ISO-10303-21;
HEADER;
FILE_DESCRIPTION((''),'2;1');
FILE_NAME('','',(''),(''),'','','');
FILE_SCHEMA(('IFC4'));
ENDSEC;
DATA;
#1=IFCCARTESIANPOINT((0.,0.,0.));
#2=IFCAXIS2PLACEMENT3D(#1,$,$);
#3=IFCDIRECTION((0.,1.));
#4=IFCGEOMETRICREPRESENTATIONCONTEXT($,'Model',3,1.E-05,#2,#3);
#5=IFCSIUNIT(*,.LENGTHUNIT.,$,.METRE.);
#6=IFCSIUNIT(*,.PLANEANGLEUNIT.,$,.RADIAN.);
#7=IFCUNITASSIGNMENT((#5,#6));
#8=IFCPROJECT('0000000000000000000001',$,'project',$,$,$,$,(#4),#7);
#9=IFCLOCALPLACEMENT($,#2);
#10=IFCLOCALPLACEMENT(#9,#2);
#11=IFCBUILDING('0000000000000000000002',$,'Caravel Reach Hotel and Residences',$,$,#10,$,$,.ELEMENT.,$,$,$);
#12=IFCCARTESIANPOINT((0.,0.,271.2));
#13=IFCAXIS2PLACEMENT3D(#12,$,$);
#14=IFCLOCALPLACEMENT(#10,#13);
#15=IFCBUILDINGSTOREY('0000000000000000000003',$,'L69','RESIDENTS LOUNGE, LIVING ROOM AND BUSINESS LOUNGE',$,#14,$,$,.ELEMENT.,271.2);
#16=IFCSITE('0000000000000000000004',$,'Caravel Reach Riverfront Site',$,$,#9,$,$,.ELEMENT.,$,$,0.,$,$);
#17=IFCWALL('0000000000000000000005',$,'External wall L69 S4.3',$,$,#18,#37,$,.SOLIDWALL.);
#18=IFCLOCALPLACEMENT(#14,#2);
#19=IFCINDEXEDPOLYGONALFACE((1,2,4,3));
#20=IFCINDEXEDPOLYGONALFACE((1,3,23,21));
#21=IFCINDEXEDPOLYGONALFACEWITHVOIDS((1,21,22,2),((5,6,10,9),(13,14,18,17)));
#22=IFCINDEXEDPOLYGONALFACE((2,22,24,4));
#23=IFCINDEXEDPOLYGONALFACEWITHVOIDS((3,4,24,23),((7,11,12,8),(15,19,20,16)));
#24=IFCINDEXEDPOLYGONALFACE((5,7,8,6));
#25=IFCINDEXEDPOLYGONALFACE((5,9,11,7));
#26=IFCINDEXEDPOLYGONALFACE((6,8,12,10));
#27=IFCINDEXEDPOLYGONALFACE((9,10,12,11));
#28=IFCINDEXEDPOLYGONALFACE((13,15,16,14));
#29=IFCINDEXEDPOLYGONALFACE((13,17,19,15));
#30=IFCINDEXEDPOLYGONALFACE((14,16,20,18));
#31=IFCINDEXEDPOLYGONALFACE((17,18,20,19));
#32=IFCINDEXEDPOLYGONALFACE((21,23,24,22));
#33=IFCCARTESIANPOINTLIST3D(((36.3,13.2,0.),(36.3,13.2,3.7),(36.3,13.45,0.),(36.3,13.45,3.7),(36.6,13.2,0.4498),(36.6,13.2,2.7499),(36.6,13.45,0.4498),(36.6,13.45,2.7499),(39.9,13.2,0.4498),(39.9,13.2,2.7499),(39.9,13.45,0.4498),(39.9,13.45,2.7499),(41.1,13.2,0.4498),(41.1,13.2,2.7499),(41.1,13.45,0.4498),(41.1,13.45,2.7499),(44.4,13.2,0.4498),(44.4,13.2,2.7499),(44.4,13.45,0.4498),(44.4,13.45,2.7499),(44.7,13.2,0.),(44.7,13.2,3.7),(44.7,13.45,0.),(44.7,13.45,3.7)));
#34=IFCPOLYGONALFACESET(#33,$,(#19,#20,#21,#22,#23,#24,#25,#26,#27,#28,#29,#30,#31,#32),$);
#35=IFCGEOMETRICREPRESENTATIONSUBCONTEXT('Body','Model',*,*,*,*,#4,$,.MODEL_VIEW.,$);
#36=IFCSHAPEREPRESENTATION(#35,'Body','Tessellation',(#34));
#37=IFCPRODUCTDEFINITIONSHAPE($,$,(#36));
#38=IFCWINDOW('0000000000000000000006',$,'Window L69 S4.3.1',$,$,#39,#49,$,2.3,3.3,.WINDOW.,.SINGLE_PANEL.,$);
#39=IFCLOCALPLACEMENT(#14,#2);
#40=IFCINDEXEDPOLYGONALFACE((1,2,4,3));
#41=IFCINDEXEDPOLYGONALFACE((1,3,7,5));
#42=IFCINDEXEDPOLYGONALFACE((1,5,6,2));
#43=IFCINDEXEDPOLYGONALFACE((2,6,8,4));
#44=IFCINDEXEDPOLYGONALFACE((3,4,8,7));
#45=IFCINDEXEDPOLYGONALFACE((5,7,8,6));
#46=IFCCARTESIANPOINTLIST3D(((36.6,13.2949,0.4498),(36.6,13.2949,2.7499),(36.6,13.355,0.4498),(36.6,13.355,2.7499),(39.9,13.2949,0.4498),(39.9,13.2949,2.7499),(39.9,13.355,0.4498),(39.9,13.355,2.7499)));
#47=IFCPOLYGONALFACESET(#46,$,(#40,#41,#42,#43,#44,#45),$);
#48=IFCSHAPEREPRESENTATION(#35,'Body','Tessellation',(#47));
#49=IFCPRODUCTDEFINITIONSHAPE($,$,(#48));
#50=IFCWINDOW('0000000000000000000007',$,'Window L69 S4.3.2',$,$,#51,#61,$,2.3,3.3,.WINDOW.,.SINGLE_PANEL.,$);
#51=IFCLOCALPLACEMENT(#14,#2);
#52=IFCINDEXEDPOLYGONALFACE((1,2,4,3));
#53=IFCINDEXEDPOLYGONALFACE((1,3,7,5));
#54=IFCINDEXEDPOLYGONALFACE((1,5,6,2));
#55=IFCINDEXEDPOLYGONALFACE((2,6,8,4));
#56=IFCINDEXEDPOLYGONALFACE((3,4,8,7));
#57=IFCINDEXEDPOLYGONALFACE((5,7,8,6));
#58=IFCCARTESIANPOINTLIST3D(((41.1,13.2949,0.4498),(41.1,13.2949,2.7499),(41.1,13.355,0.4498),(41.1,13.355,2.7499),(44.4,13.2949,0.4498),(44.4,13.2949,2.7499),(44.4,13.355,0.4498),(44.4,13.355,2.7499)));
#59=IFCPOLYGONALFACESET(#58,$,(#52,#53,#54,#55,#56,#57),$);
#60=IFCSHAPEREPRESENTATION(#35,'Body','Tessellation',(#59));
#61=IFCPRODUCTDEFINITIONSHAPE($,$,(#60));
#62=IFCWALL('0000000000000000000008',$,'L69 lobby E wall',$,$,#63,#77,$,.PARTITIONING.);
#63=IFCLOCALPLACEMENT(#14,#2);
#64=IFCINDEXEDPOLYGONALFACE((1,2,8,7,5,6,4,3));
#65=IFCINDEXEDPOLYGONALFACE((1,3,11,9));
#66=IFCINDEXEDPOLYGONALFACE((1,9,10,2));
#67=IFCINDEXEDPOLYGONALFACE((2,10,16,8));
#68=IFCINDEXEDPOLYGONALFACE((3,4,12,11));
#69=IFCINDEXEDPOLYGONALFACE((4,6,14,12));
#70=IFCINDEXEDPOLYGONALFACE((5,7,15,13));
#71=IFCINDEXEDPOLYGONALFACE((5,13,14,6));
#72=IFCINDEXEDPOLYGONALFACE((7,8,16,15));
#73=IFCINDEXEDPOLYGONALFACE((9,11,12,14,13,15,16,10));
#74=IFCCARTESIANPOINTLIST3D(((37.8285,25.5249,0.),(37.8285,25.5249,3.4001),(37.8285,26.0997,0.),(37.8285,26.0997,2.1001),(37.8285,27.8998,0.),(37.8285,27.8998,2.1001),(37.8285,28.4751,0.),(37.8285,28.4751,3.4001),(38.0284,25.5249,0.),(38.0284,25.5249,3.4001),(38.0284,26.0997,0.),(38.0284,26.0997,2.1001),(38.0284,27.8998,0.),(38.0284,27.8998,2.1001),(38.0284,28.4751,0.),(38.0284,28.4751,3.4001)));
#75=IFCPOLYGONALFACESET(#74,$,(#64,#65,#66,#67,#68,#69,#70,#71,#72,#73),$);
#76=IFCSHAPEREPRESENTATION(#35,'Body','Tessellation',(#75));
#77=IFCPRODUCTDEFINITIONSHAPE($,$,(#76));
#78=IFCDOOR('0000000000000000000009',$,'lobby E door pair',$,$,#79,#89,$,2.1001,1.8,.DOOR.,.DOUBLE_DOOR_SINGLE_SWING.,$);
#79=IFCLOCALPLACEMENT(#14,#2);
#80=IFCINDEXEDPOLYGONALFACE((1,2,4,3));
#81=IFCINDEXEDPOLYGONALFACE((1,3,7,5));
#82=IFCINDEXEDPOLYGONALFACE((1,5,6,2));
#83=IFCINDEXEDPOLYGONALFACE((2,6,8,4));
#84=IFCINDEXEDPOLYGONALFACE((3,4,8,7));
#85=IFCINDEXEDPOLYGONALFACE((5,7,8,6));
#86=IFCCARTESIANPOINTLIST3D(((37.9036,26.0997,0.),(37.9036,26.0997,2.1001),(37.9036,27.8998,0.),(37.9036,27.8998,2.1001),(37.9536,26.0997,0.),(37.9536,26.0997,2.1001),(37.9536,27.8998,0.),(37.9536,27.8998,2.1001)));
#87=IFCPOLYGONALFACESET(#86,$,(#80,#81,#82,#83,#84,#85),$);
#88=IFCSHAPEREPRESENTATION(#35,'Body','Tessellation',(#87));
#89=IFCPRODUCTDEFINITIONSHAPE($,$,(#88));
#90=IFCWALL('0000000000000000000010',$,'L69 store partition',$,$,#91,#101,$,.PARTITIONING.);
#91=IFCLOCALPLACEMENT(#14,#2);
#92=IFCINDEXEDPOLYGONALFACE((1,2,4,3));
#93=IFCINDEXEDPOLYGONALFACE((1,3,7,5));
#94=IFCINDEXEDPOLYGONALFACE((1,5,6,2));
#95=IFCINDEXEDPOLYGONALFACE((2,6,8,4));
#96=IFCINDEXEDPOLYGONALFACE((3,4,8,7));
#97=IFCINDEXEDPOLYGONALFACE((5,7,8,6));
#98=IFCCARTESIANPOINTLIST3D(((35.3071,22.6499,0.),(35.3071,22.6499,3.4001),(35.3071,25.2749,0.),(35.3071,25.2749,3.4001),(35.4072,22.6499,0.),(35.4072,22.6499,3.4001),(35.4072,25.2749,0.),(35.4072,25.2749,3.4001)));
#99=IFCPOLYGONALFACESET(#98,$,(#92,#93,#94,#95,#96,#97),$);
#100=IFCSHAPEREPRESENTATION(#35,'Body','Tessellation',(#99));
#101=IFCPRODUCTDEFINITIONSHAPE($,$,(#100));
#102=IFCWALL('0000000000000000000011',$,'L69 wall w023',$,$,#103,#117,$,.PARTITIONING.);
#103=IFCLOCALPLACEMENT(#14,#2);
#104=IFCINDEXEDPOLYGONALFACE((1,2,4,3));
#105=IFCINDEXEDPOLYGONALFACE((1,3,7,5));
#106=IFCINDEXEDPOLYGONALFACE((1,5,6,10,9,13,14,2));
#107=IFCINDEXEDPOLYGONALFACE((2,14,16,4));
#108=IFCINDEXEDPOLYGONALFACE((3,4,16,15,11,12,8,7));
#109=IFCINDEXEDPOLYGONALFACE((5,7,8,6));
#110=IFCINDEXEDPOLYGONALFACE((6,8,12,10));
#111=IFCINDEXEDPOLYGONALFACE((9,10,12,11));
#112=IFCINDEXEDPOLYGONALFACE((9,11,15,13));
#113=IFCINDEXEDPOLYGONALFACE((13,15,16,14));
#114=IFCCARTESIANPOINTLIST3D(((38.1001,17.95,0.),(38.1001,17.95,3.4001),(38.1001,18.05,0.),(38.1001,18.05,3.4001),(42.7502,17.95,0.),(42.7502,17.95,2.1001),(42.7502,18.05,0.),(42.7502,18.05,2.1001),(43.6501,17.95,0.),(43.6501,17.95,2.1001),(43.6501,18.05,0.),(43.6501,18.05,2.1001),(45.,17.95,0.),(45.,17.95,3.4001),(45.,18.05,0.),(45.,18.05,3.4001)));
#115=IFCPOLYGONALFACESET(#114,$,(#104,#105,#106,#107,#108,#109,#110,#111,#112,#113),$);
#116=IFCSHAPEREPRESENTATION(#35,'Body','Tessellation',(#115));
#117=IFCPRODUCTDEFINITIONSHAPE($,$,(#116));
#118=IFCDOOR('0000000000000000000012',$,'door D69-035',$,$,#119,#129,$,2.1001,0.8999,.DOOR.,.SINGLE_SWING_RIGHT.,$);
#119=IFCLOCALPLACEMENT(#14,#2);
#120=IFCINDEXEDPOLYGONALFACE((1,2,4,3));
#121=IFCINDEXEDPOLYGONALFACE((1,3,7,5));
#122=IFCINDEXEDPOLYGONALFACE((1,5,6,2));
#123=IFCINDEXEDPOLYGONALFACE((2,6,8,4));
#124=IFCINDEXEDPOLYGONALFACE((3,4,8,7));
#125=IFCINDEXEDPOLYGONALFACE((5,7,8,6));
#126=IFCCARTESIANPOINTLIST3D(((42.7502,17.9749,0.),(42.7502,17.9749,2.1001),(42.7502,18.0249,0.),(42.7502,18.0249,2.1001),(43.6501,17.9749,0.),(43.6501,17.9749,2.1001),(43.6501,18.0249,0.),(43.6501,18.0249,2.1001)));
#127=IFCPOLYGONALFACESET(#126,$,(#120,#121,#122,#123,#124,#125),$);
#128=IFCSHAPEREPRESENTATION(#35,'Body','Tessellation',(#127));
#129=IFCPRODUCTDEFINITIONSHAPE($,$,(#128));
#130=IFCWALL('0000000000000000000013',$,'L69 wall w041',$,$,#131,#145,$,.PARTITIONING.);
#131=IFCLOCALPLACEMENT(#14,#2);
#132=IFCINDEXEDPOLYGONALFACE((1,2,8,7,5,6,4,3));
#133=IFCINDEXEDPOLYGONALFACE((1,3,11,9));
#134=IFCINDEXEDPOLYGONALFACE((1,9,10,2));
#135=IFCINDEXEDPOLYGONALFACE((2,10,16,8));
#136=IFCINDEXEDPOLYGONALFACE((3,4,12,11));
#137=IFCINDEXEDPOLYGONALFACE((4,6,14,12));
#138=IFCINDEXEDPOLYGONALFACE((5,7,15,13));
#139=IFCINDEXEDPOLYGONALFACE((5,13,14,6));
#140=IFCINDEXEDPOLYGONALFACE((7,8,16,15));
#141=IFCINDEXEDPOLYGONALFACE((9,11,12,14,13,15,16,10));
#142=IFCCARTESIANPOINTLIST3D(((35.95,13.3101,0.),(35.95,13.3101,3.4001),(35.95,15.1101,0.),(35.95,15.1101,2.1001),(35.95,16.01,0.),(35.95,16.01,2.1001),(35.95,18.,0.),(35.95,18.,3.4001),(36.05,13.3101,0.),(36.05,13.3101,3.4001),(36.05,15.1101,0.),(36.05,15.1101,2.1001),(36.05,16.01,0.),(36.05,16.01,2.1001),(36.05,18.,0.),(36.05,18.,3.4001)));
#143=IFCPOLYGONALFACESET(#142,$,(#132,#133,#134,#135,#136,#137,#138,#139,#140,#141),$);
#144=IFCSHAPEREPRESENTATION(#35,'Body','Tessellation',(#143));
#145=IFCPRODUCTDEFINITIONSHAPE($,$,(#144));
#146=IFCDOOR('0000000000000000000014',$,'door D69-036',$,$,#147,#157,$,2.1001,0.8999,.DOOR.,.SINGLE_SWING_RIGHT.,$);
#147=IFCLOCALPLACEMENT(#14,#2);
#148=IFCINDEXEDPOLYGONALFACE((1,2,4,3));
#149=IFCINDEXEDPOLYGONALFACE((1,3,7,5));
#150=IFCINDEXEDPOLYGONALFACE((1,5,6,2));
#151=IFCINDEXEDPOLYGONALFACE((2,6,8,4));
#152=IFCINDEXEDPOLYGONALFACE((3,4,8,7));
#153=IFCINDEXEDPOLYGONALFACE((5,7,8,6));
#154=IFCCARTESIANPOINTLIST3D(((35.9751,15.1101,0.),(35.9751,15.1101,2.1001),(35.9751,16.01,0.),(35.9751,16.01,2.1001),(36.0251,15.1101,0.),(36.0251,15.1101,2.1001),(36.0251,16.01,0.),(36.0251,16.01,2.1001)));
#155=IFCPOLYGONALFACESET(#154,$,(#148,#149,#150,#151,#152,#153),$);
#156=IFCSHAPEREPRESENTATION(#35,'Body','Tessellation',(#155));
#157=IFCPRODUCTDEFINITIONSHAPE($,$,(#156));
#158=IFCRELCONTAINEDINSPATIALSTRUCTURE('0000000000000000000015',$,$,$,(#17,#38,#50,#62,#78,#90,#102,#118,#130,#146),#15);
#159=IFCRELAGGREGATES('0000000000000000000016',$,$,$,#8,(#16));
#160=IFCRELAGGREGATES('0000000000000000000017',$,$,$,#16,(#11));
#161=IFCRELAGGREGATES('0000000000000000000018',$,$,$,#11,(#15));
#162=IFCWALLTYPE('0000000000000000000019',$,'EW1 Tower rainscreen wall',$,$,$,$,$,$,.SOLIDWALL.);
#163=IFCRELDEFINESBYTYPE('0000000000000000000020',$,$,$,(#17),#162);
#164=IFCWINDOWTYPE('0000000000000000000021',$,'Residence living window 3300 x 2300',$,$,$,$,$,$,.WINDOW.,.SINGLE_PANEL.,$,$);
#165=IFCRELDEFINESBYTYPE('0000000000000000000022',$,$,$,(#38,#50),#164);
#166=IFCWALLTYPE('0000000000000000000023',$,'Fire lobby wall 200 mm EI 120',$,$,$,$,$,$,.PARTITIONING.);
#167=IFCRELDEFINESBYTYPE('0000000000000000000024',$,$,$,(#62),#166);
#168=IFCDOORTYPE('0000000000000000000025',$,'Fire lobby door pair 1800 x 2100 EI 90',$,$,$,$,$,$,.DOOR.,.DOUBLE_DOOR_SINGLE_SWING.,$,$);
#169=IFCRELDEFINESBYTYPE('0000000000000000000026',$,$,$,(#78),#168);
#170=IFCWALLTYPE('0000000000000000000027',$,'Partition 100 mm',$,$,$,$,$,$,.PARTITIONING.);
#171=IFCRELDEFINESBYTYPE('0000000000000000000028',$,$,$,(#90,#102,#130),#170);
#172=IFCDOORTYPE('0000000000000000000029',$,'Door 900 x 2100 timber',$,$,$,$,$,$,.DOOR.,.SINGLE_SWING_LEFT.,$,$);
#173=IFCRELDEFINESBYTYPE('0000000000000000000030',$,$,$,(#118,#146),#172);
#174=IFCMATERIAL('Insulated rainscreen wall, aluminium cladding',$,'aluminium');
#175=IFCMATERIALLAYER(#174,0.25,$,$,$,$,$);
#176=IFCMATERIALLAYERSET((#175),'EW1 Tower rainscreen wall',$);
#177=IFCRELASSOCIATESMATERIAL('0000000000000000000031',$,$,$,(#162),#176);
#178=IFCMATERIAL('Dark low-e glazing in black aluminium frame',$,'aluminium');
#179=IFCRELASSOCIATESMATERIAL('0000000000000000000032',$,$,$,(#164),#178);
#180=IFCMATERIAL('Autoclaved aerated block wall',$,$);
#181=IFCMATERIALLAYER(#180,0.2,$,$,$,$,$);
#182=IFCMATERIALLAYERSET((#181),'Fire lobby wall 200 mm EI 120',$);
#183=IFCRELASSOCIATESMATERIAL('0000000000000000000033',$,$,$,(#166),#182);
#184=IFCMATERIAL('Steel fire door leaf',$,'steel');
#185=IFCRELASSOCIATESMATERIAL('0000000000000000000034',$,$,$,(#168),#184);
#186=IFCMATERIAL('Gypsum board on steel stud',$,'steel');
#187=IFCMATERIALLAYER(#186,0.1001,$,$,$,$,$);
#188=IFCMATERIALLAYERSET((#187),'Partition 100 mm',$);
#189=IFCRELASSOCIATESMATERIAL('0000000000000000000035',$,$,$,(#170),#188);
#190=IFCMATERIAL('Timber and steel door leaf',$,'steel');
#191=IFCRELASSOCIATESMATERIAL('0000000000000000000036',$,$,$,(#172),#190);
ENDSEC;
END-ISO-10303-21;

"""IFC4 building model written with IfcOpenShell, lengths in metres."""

from ifc_helpers import new_model, si_unit, direction, frame, frame_2d, origin, place, context, subcontext, project, spatial, rectangle, extrude, material, layer, layer_set, type_object, element, fill, save


model = new_model("IFC4")

# Units and contexts
model_context = context("Model", 3, precision=1e-05, world=origin(), true_north=direction((0.0, 1.0)))
body_context = subcontext(model_context, "Body", "Model", "MODEL_VIEW")
ifc_project = project(units=[si_unit("LENGTHUNIT", "METRE"), si_unit("PLANEANGLEUNIT", "RADIAN")], contexts=[model_context])

# Site, building, storey
site_placement = place(None, origin())
site = spatial("IfcSite", under=ifc_project, at=site_placement, Name="Caravel Reach Riverfront Site", CompositionType="ELEMENT", RefElevation=0.0)
building_placement = place(site_placement, origin())
building = spatial("IfcBuilding", under=site, at=building_placement, Name="Caravel Reach Hotel and Residences", CompositionType="ELEMENT")
storey_placement = place(building_placement, frame((0.0, 0.0, 271.2)))
storey = spatial("IfcBuildingStorey", under=building, at=storey_placement, Name="L69", Description="RESIDENTS LOUNGE, LIVING ROOM AND BUSINESS LOUNGE", CompositionType="ELEMENT", Elevation=271.2)

# Wall, openings, windows
ifc_material_1 = material(Name="Insulated rainscreen wall, aluminium cladding", Category="aluminium")
ifc_layer_1 = layer(ifc_material_1, 0.25)
ifc_layer_set_1 = layer_set([ifc_layer_1], Name="EW1 Tower rainscreen wall")
wall_type_1 = type_object("IfcWallType", Name="EW1 Tower rainscreen wall", PredefinedType="SOLIDWALL", material=ifc_layer_set_1)
wall_1_placement = place(storey_placement, frame((36.3, 13.325, 0.0), z_axis=(0.0, 0.0, 1.0), x_axis=(1.0, 0.0, 0.0)))
wall_1 = element("IfcWall", 1, at=wall_1_placement, inside=storey, type_object=wall_type_1, Name="External wall L69 S4.3", PredefinedType="SOLIDWALL", context=body_context, shape_type="SweptSolid", body=[
    extrude(rectangle(XDim=8.3999, YDim=0.25, at=frame_2d((4.2, 0.0))), origin(), (0.0, 0.0, 1.0), 3.7),
])
opening_1_placement = place(wall_1_placement, frame((0.3, 0.0, 0.45)))
opening_1 = element("IfcOpeningElement", 2, at=opening_1_placement, cuts=wall_1, PredefinedType="OPENING", context=body_context, shape_type="SweptSolid", body=[
    extrude(rectangle(XDim=3.3, YDim=2.3, at=frame_2d((1.6499, 1.1499))), frame((0.0, 0.135, 0.0), z_axis=(0.0, -1.0, 0.0), x_axis=(1.0, 0.0, 0.0)), (0.0, 0.0, 1.0), 0.27),
])
opening_2_placement = place(wall_1_placement, frame((4.8, 0.0, 0.45)))
opening_2 = element("IfcOpeningElement", 3, at=opening_2_placement, cuts=wall_1, PredefinedType="OPENING", context=body_context, shape_type="SweptSolid", body=[
    extrude(rectangle(XDim=3.3, YDim=2.3, at=frame_2d((1.6499, 1.1499))), frame((0.0, 0.135, 0.0), z_axis=(0.0, -1.0, 0.0), x_axis=(1.0, 0.0, 0.0)), (0.0, 0.0, 1.0), 0.27),
])
ifc_material_2 = material(Name="Dark low-e glazing in black aluminium frame", Category="aluminium")
window_type = type_object("IfcWindowType", Name="Residence living window 3300 x 2300", PartitioningType="SINGLE_PANEL", PredefinedType="WINDOW", material=ifc_material_2)
window_1_placement = place(opening_1_placement, origin())
window_1 = element("IfcWindow", 4, at=window_1_placement, inside=storey, type_object=window_type, Name="Window L69 S4.3.1", OverallHeight=2.3, OverallWidth=3.3, PartitioningType="SINGLE_PANEL", PredefinedType="WINDOW", context=body_context, shape_type="SweptSolid", body=[
    extrude(rectangle(XDim=3.3, YDim=2.3, at=frame_2d((1.6499, 1.1499))), frame((0.0, 0.03, 0.0), z_axis=(0.0, -1.0, 0.0), x_axis=(1.0, 0.0, 0.0)), (0.0, 0.0, 1.0), 0.0601),
])
fill(opening_1, window_1)
window_2_placement = place(opening_2_placement, origin())
window_2 = element("IfcWindow", 5, at=window_2_placement, inside=storey, type_object=window_type, Name="Window L69 S4.3.2", OverallHeight=2.3, OverallWidth=3.3, PartitioningType="SINGLE_PANEL", PredefinedType="WINDOW", context=body_context, shape_type="SweptSolid", body=[
    extrude(rectangle(XDim=3.3, YDim=2.3, at=frame_2d((1.6499, 1.1499))), frame((0.0, 0.03, 0.0), z_axis=(0.0, -1.0, 0.0), x_axis=(1.0, 0.0, 0.0)), (0.0, 0.0, 1.0), 0.0601),
])
fill(opening_2, window_2)

# Wall, opening, door
ifc_material_3 = material(Name="Autoclaved aerated block wall")
ifc_layer_2 = layer(ifc_material_3, 0.2)
ifc_layer_set_2 = layer_set([ifc_layer_2], Name="Fire lobby wall 200 mm EI 120")
wall_type_2 = type_object("IfcWallType", Name="Fire lobby wall 200 mm EI 120", PredefinedType="PARTITIONING", material=ifc_layer_set_2)
wall_2_placement = place(storey_placement, frame((37.9285, 25.5249, 0.0), z_axis=(0.0, 0.0, 1.0), x_axis=(0.0, 1.0, 0.0)))
wall_2 = element("IfcWall", 6, at=wall_2_placement, inside=storey, type_object=wall_type_2, Name="L69 lobby E wall", PredefinedType="PARTITIONING", context=body_context, shape_type="SweptSolid", body=[
    extrude(rectangle(XDim=2.9502, YDim=0.2, at=frame_2d((1.4751, 0.0))), origin(), (0.0, 0.0, 1.0), 3.4001),
])
opening_3_placement = place(wall_2_placement, frame((0.575, 0.0, 0.0)))
opening_3 = element("IfcOpeningElement", 7, at=opening_3_placement, cuts=wall_2, PredefinedType="OPENING", context=body_context, shape_type="SweptSolid", body=[
    extrude(rectangle(XDim=1.8, YDim=2.1001, at=frame_2d((0.8999, 1.05))), frame((0.0, 0.1099, 0.0), z_axis=(0.0, -1.0, 0.0), x_axis=(1.0, 0.0, 0.0)), (0.0, 0.0, 1.0), 0.22),
])
ifc_material_4 = material(Name="Steel fire door leaf", Category="steel")
door_type_1 = type_object("IfcDoorType", Name="Fire lobby door pair 1800 x 2100 EI 90", OperationType="DOUBLE_DOOR_SINGLE_SWING", PredefinedType="DOOR", material=ifc_material_4)
door_1_placement = place(opening_3_placement, origin())
door_1 = element("IfcDoor", 8, at=door_1_placement, inside=storey, type_object=door_type_1, Name="lobby E door pair", OperationType="DOUBLE_DOOR_SINGLE_SWING", OverallHeight=2.1001, OverallWidth=1.8, PredefinedType="DOOR", context=body_context, shape_type="SweptSolid", body=[
    extrude(rectangle(XDim=1.8, YDim=2.1001, at=frame_2d((0.8999, 1.05))), frame((0.0, 0.0249, 0.0), z_axis=(0.0, -1.0, 0.0), x_axis=(1.0, 0.0, 0.0)), (0.0, 0.0, 1.0), 0.05),
])
fill(opening_3, door_1)

# Wall
ifc_material_5 = material(Name="Gypsum board on steel stud", Category="steel")
ifc_layer_3 = layer(ifc_material_5, 0.1001)
ifc_layer_set_3 = layer_set([ifc_layer_3], Name="Partition 100 mm")
wall_type_3 = type_object("IfcWallType", Name="Partition 100 mm", PredefinedType="PARTITIONING", material=ifc_layer_set_3)
wall_3_placement = place(storey_placement, frame((35.3572, 22.6499, 0.0), z_axis=(0.0, 0.0, 1.0), x_axis=(0.0, 1.0, 0.0)))
element("IfcWall", 9, at=wall_3_placement, inside=storey, type_object=wall_type_3, Name="L69 store partition", PredefinedType="PARTITIONING", context=body_context, shape_type="SweptSolid", body=[
    extrude(rectangle(XDim=2.625, YDim=0.1001, at=frame_2d((1.3125, 0.0))), origin(), (0.0, 0.0, 1.0), 3.4001),
])

# Walls, openings, doors
wall_4_placement = place(storey_placement, frame((38.1001, 18.0, 0.0), z_axis=(0.0, 0.0, 1.0), x_axis=(1.0, 0.0, 0.0)))
wall_4 = element("IfcWall", 10, at=wall_4_placement, inside=storey, type_object=wall_type_3, Name="L69 wall w023", PredefinedType="PARTITIONING", context=body_context, shape_type="SweptSolid", body=[
    extrude(rectangle(XDim=6.8999, YDim=0.1001, at=frame_2d((3.45, 0.0))), origin(), (0.0, 0.0, 1.0), 3.4001),
])
opening_4_placement = place(wall_4_placement, frame((4.6501, 0.0, 0.0)))
opening_4 = element("IfcOpeningElement", 11, at=opening_4_placement, cuts=wall_4, PredefinedType="OPENING", context=body_context, shape_type="SweptSolid", body=[
    extrude(rectangle(XDim=0.8999, YDim=2.1001, at=frame_2d((0.45, 1.05))), frame((0.0, 0.0601, 0.0), z_axis=(0.0, -1.0, 0.0), x_axis=(1.0, 0.0, 0.0)), (0.0, 0.0, 1.0), 0.1201),
])
ifc_material_6 = material(Name="Timber and steel door leaf", Category="steel")
door_type_2 = type_object("IfcDoorType", Name="Door 900 x 2100 timber", OperationType="SINGLE_SWING_LEFT", PredefinedType="DOOR", material=ifc_material_6)
door_2_placement = place(opening_4_placement, origin())
door_2 = element("IfcDoor", 12, at=door_2_placement, inside=storey, type_object=door_type_2, Name="door D69-035", OperationType="SINGLE_SWING_RIGHT", OverallHeight=2.1001, OverallWidth=0.8999, PredefinedType="DOOR", context=body_context, shape_type="SweptSolid", body=[
    extrude(rectangle(XDim=0.8999, YDim=2.1001, at=frame_2d((0.45, 1.05))), frame((0.0, 0.0249, 0.0), z_axis=(0.0, -1.0, 0.0), x_axis=(1.0, 0.0, 0.0)), (0.0, 0.0, 1.0), 0.05),
])
fill(opening_4, door_2)
wall_5_placement = place(storey_placement, frame((36.0, 13.3101, 0.0), z_axis=(0.0, 0.0, 1.0), x_axis=(0.0, 1.0, 0.0)))
wall_5 = element("IfcWall", 13, at=wall_5_placement, inside=storey, type_object=wall_type_3, Name="L69 wall w041", PredefinedType="PARTITIONING", context=body_context, shape_type="SweptSolid", body=[
    extrude(rectangle(XDim=4.6899, YDim=0.1001, at=frame_2d((2.345, 0.0))), origin(), (0.0, 0.0, 1.0), 3.4001),
])
opening_5_placement = place(wall_5_placement, frame((1.8, 0.0, 0.0)))
opening_5 = element("IfcOpeningElement", 14, at=opening_5_placement, cuts=wall_5, PredefinedType="OPENING", context=body_context, shape_type="SweptSolid", body=[
    extrude(rectangle(XDim=0.8999, YDim=2.1001, at=frame_2d((0.45, 1.05))), frame((0.0, 0.0601, 0.0), z_axis=(0.0, -1.0, 0.0), x_axis=(1.0, 0.0, 0.0)), (0.0, 0.0, 1.0), 0.1201),
])
door_3_placement = place(opening_5_placement, origin())
door_3 = element("IfcDoor", 15, at=door_3_placement, inside=storey, type_object=door_type_2, Name="door D69-036", OperationType="SINGLE_SWING_RIGHT", OverallHeight=2.1001, OverallWidth=0.8999, PredefinedType="DOOR", context=body_context, shape_type="SweptSolid", body=[
    extrude(rectangle(XDim=0.8999, YDim=2.1001, at=frame_2d((0.45, 1.05))), frame((0.0, 0.0249, 0.0), z_axis=(0.0, -1.0, 0.0), x_axis=(1.0, 0.0, 0.0)), (0.0, 0.0, 1.0), 0.05),
])
fill(opening_5, door_3)

save(model, "model.ifc")
